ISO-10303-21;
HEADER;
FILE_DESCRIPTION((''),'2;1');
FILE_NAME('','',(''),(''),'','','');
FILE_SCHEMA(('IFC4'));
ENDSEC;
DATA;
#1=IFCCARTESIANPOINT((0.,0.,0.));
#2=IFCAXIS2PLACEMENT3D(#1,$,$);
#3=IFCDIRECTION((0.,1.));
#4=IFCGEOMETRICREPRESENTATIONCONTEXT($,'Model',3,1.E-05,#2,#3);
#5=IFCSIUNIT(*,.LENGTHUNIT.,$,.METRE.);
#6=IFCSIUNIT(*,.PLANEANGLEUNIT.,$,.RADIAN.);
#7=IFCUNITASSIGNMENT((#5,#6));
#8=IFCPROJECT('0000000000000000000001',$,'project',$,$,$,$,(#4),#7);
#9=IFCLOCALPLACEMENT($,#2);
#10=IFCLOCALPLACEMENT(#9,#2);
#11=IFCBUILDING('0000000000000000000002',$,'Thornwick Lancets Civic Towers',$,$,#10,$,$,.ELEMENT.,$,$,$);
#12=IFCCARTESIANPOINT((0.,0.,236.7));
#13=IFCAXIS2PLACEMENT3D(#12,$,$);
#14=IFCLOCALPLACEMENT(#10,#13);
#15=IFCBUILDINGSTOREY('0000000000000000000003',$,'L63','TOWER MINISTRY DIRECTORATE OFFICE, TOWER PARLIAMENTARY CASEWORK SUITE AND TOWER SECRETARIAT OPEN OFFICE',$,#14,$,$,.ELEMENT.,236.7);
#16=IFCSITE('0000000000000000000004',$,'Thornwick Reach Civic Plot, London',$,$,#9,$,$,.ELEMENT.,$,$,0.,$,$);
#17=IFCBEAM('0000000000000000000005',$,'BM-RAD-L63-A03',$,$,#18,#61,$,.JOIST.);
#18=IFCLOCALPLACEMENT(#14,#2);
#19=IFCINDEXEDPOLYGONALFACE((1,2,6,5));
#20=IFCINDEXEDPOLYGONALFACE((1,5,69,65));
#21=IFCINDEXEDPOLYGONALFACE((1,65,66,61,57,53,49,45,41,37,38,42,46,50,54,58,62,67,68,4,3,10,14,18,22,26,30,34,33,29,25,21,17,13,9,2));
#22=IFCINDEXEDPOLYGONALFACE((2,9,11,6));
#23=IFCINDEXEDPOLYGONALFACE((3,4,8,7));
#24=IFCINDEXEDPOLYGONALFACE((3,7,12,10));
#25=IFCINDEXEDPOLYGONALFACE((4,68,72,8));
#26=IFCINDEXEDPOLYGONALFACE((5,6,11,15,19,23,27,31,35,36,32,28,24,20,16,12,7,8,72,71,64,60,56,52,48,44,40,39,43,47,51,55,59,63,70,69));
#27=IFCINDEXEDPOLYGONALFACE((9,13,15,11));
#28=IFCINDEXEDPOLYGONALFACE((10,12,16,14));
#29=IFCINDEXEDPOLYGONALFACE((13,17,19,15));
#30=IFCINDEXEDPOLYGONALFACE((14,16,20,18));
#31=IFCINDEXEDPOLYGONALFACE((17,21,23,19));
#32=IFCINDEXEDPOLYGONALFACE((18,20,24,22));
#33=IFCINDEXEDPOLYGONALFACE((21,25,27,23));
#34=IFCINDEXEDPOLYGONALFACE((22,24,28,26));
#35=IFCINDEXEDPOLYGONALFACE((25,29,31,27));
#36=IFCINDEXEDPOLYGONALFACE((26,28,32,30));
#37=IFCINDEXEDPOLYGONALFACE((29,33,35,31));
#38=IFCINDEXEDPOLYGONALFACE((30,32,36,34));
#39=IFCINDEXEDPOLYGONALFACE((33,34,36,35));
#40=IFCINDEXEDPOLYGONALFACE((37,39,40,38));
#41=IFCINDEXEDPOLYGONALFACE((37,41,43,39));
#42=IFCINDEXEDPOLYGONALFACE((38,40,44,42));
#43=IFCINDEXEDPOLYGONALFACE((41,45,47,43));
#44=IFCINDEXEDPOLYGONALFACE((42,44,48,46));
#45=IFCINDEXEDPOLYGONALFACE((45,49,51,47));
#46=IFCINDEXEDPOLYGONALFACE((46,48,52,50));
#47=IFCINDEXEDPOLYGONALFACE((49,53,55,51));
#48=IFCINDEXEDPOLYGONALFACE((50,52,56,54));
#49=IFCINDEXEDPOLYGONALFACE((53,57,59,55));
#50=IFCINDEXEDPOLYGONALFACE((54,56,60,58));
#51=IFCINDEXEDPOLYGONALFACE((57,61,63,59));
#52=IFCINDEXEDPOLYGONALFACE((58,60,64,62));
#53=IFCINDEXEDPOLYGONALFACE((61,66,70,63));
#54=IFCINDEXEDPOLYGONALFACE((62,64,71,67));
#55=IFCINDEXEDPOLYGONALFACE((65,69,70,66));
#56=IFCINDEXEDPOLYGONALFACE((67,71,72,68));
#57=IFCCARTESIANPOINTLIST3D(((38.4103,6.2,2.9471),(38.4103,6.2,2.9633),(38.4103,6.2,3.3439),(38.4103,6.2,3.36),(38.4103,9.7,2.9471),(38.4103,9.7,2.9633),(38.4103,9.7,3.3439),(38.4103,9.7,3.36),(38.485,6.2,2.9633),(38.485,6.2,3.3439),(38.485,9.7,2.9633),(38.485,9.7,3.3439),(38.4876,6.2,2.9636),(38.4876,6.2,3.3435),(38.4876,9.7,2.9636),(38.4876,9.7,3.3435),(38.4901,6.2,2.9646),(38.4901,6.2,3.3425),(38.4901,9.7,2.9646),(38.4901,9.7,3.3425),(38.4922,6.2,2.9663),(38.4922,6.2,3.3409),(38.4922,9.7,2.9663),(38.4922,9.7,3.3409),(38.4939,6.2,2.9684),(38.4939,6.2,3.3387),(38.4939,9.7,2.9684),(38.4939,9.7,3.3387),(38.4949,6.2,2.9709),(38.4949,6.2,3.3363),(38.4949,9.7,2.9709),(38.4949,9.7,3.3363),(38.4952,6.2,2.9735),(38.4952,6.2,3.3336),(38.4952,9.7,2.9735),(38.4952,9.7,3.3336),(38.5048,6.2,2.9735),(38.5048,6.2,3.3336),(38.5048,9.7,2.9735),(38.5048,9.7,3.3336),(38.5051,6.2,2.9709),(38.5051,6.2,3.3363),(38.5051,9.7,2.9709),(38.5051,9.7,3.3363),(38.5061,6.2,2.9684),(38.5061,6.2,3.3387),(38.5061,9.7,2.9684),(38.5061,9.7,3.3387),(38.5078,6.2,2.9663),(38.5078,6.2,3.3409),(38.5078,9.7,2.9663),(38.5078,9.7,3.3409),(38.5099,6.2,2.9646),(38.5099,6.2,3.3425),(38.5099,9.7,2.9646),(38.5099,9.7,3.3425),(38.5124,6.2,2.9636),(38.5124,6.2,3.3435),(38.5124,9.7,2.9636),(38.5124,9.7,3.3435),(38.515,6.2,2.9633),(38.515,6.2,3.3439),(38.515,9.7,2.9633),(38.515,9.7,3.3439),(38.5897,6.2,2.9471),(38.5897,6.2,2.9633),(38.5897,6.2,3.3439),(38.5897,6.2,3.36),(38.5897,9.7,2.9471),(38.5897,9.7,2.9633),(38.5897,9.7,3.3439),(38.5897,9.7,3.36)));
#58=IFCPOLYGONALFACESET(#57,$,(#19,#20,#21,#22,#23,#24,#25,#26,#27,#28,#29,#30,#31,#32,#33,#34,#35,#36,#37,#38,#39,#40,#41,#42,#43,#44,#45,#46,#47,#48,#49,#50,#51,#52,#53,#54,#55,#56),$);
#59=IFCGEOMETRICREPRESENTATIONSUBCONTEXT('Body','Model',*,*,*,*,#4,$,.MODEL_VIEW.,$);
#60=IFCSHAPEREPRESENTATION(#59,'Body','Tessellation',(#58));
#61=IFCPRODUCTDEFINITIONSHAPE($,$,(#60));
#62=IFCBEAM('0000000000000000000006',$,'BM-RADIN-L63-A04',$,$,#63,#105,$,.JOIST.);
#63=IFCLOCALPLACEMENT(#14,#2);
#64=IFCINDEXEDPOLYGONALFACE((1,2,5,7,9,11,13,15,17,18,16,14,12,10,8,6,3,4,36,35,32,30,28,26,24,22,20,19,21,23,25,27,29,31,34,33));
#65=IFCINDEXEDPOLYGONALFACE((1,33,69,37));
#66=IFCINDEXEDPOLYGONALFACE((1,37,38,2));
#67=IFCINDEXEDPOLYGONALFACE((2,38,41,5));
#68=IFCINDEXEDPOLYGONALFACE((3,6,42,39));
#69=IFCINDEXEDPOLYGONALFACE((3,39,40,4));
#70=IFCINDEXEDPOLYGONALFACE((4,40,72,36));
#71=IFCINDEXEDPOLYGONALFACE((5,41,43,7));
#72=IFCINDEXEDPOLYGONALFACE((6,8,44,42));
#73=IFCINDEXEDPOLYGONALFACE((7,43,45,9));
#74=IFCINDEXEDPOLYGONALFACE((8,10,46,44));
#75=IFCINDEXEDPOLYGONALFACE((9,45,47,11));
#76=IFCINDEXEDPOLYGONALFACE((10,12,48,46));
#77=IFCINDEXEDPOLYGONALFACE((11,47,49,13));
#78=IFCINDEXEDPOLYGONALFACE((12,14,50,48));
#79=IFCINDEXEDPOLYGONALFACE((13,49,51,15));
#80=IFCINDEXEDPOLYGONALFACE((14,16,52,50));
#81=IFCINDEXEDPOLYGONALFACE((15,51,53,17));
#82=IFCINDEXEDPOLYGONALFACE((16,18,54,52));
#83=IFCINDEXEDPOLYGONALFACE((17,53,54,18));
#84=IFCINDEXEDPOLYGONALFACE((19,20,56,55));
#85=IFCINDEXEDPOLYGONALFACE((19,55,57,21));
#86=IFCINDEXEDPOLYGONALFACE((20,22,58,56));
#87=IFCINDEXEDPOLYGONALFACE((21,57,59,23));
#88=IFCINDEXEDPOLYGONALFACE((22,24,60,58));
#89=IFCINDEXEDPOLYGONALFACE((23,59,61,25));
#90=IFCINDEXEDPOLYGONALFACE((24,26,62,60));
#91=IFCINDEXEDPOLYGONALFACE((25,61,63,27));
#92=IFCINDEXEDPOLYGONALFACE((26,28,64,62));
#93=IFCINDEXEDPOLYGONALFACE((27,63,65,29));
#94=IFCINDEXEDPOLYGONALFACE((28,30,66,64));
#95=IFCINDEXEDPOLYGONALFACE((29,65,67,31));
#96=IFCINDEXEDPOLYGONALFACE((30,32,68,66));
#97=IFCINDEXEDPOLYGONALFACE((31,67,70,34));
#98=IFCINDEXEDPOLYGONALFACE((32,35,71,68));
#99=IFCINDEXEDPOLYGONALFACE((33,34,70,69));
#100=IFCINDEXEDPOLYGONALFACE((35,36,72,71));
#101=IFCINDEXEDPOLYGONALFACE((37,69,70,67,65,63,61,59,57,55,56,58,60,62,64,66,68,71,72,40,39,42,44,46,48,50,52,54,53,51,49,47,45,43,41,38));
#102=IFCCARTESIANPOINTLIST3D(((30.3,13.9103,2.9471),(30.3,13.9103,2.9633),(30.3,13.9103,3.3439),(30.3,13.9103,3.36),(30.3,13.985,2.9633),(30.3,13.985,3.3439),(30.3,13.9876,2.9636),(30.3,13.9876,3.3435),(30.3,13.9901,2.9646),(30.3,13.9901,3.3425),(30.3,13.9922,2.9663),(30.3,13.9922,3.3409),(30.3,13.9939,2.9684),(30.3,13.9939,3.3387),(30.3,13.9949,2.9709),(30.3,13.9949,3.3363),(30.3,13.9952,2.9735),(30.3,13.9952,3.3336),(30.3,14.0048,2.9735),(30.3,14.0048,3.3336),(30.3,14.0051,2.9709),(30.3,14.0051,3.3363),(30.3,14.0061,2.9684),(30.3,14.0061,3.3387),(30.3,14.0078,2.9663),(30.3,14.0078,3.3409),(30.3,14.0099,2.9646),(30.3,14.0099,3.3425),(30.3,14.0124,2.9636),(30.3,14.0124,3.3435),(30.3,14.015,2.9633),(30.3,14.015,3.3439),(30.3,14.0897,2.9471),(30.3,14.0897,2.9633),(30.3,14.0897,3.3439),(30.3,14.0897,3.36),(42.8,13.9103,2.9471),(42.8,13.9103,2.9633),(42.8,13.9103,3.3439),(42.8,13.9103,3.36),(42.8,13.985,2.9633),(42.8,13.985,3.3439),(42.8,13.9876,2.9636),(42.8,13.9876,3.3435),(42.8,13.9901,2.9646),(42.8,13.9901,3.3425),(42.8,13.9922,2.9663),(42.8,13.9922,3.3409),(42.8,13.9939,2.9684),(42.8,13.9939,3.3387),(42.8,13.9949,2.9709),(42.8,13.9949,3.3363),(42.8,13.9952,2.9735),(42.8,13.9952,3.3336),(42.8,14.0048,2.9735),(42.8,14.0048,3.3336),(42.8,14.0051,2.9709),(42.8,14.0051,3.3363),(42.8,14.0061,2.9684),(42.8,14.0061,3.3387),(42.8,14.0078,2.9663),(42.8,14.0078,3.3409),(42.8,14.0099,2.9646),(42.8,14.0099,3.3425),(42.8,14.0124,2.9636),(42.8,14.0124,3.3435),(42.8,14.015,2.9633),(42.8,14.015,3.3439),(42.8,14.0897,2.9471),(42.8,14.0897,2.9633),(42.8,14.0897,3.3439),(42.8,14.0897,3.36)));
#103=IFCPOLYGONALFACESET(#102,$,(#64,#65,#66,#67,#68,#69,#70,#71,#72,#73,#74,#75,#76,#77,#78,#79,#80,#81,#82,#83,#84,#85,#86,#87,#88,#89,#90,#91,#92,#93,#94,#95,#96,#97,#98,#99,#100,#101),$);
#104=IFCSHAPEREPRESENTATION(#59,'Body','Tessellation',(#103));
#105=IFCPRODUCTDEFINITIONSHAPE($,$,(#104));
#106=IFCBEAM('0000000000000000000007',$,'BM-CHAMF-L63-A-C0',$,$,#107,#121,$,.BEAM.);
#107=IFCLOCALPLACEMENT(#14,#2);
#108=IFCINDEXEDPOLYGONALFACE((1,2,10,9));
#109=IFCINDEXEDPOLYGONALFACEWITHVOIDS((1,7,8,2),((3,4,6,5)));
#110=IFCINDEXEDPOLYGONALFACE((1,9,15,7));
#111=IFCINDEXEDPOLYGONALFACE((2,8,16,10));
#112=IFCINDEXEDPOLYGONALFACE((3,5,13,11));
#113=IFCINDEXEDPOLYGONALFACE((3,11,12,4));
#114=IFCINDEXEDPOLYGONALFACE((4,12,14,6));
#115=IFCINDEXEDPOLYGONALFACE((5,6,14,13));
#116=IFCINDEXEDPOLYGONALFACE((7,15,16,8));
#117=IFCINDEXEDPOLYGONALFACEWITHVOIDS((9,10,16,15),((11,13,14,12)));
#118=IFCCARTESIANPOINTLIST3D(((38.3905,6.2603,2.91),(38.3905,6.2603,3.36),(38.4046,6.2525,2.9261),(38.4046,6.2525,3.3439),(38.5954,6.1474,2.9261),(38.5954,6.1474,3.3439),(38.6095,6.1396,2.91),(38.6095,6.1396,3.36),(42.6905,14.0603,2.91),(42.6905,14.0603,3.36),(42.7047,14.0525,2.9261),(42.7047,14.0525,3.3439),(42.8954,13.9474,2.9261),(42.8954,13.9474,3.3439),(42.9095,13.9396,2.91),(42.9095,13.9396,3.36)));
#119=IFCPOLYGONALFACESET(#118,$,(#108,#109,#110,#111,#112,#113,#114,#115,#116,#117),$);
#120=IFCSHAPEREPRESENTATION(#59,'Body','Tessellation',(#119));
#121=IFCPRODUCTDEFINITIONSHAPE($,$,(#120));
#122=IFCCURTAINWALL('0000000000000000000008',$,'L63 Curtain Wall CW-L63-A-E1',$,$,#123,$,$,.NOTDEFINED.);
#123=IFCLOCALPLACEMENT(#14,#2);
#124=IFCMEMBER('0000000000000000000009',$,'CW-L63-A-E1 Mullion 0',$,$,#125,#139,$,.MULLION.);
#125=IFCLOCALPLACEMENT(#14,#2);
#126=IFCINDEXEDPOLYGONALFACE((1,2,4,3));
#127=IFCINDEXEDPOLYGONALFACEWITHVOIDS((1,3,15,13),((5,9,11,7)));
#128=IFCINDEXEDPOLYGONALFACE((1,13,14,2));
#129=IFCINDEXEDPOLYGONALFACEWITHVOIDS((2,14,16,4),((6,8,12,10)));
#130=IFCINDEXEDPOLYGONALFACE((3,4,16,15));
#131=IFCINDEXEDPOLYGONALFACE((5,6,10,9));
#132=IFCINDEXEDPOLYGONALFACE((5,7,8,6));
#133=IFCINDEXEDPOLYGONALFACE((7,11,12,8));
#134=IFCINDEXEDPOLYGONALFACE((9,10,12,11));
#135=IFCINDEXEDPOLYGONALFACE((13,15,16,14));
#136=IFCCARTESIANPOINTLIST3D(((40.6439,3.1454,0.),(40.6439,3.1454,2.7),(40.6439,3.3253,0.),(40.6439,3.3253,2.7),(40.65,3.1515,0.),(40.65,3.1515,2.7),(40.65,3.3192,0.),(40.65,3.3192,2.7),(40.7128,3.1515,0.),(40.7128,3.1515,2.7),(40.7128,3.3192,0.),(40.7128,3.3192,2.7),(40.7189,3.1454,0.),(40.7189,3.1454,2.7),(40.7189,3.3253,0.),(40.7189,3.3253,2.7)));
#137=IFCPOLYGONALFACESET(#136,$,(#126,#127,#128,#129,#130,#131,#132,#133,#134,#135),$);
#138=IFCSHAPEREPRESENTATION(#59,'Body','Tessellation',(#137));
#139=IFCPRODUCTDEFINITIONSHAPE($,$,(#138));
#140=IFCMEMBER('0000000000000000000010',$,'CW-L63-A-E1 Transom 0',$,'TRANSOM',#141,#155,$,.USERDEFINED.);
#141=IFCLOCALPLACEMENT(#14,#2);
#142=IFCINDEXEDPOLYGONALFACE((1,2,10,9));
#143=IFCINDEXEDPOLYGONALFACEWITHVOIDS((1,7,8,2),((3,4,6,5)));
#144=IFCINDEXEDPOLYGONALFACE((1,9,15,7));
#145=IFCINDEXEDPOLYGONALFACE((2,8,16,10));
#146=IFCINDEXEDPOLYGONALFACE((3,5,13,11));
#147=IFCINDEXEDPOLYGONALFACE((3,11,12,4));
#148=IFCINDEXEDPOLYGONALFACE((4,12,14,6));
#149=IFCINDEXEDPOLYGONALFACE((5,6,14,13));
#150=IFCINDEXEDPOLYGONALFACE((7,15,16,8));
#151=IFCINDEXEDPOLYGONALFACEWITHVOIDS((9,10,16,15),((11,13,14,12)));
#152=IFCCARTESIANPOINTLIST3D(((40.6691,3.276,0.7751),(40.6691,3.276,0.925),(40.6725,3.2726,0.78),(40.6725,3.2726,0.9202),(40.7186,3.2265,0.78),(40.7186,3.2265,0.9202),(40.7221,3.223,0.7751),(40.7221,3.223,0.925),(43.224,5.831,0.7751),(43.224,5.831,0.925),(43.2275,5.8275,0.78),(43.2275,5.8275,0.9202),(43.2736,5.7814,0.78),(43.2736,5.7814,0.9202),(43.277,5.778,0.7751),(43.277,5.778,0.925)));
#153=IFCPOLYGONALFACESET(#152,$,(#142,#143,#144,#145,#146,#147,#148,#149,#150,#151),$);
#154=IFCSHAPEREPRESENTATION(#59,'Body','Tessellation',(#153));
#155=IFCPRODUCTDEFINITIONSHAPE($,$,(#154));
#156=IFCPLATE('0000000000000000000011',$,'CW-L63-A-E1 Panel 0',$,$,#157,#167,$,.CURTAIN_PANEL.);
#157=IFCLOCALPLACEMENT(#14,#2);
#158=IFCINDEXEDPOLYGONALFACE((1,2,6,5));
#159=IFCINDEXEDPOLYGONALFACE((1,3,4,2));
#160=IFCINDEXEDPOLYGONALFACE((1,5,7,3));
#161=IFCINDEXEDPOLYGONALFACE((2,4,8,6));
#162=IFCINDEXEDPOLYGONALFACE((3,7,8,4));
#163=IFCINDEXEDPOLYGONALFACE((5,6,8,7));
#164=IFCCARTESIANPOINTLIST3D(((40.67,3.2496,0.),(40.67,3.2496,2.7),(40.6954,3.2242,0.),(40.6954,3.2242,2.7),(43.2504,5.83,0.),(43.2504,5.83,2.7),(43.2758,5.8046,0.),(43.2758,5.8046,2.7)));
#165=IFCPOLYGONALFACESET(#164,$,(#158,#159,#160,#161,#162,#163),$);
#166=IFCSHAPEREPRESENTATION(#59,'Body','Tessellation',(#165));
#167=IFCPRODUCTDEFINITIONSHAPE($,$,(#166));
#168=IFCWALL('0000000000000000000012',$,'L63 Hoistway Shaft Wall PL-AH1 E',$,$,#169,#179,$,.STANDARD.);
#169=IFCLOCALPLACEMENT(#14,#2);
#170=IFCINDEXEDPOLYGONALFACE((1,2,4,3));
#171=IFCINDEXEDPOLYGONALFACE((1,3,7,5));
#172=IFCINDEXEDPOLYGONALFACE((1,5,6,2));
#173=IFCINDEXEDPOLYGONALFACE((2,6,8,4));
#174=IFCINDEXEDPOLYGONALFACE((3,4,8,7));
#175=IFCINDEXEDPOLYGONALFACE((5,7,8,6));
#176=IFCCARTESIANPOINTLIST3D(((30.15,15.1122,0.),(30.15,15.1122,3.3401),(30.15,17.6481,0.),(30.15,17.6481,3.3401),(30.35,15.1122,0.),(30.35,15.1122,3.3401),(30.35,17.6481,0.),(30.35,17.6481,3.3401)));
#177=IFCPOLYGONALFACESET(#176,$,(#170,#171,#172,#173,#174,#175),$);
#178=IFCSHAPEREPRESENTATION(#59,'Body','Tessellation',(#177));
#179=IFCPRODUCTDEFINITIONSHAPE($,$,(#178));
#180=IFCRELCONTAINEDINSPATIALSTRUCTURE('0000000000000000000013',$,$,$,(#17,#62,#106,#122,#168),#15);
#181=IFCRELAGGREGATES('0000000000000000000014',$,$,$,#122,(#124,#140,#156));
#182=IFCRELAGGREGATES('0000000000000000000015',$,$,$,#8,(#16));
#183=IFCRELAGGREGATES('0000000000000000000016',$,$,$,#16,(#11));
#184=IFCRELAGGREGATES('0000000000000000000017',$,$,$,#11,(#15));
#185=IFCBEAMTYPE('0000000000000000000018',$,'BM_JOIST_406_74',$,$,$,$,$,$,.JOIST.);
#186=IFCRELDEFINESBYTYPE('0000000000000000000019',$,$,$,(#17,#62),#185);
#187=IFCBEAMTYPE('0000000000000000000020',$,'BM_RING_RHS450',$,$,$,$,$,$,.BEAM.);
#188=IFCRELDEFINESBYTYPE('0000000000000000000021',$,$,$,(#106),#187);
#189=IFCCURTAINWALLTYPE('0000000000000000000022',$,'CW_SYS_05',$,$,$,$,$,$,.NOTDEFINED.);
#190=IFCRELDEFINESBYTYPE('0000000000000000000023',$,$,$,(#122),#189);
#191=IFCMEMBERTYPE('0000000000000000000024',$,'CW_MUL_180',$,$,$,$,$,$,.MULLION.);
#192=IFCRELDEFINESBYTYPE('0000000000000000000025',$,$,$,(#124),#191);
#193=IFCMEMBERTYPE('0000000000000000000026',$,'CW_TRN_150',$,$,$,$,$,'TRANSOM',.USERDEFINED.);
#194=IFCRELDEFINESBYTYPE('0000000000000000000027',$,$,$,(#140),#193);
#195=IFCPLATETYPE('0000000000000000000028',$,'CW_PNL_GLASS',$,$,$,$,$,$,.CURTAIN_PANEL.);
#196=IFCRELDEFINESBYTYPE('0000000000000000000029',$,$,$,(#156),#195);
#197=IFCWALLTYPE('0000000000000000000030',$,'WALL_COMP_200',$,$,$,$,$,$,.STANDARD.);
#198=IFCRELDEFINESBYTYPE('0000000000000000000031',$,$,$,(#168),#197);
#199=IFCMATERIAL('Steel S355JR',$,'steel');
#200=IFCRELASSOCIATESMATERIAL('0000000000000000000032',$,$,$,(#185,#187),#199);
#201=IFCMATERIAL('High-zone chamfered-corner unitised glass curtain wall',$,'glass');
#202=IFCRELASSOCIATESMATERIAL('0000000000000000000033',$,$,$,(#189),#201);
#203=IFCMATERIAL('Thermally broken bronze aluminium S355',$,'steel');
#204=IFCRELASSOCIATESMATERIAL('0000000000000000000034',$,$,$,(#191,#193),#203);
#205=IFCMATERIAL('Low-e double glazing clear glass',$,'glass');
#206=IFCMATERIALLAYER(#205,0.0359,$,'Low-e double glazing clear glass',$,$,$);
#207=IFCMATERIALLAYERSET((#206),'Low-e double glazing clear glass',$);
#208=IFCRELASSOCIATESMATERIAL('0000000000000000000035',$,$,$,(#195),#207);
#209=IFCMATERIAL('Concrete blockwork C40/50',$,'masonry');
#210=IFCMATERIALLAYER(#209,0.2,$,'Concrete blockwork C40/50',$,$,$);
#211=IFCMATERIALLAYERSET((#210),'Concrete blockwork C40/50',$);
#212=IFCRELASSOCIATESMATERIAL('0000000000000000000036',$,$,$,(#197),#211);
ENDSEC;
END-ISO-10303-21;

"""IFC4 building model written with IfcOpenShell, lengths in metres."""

from ifc_helpers import new_model, si_unit, direction, frame, frame_2d, origin, origin_2d, place, context, subcontext, project, spatial, rectangle, hollow_rectangle, i_section, extrude, material, layer, layer_set, material_profile, profile_set, type_object, element, aggregate, save


model = new_model("IFC4")

# Units and contexts
model_context = context("Model", 3, precision=1e-05, world=origin(), true_north=direction((0.0, 1.0)))
body_context = subcontext(model_context, "Body", "Model", "MODEL_VIEW")
ifc_project = project(units=[si_unit("LENGTHUNIT", "METRE"), si_unit("PLANEANGLEUNIT", "RADIAN")], contexts=[model_context])

# Site, building, storey
site_placement = place(None, origin())
site = spatial("IfcSite", under=ifc_project, at=site_placement, Name="Thornwick Reach Civic Plot, London", CompositionType="ELEMENT", RefElevation=0.0)
building_placement = place(site_placement, origin())
building = spatial("IfcBuilding", under=site, at=building_placement, Name="Thornwick Lancets Civic Towers", CompositionType="ELEMENT")
storey_placement = place(building_placement, frame((0.0, 0.0, 236.7)))
storey = spatial("IfcBuildingStorey", under=building, at=storey_placement, Name="L63", Description="TOWER MINISTRY DIRECTORATE OFFICE, TOWER PARLIAMENTARY CASEWORK SUITE AND TOWER SECRETARIAT OPEN OFFICE", CompositionType="ELEMENT", Elevation=236.7)

# Shared definitions
ifc_material_1 = material(Name="Steel S355JR", Category="steel")

# Beams
ifc_material_profile_1 = material_profile(ifc_material_1, i_section(OverallWidth=0.1794, OverallDepth=0.4128, WebThickness=0.0095, FlangeThickness=0.0161, FilletRadius=0.0103, at=origin_2d()), Name="UKB 406x178x74")
ifc_profile_set_1 = profile_set([ifc_material_profile_1], Name="Steel S355JR")
beam_type_1 = type_object("IfcBeamType", Name="BM_JOIST_406_74", PredefinedType="JOIST", material=ifc_profile_set_1)
beam_1_placement = place(storey_placement, frame((38.5, 9.7, 3.1536), z_axis=(0.0, -1.0, 0.0), x_axis=(1.0, 0.0, 0.0)))
element("IfcBeam", 1, at=beam_1_placement, inside=storey, type_object=beam_type_1, Name="BM-RAD-L63-A03", PredefinedType="JOIST", context=body_context, shape_type="SweptSolid", body=[
    extrude(i_section(OverallWidth=0.1794, OverallDepth=0.4128, WebThickness=0.0095, FlangeThickness=0.0161, FilletRadius=0.0103, at=origin_2d()), origin(), (0.0, 0.0, 1.0), 3.5),
])
beam_2_placement = place(storey_placement, frame((30.3, 14.0, 3.1536), z_axis=(1.0, 0.0, 0.0), x_axis=(0.0, 1.0, 0.0)))
element("IfcBeam", 2, at=beam_2_placement, inside=storey, type_object=beam_type_1, Name="BM-RADIN-L63-A04", PredefinedType="JOIST", context=body_context, shape_type="SweptSolid", body=[
    extrude(i_section(OverallWidth=0.1794, OverallDepth=0.4128, WebThickness=0.0095, FlangeThickness=0.0161, FilletRadius=0.0103, at=origin_2d()), origin(), (0.0, 0.0, 1.0), 12.5),
])
ifc_material_profile_2 = material_profile(ifc_material_1, hollow_rectangle(XDim=0.25, YDim=0.45, WallThickness=0.0161, at=origin_2d()), Name="RHS 450x250x16")
ifc_profile_set_2 = profile_set([ifc_material_profile_2], Name="Steel S355JR")
beam_type_2 = type_object("IfcBeamType", Name="BM_RING_RHS450", PredefinedType="BEAM", material=ifc_profile_set_2)
beam_3_placement = place(storey_placement, frame((38.5, 6.2, 3.135), z_axis=(0.482782, 0.87574, 0.0), x_axis=(-0.87574, 0.482782, 0.0)))
element("IfcBeam", 3, at=beam_3_placement, inside=storey, type_object=beam_type_2, Name="BM-CHAMF-L63-A-C0", PredefinedType="BEAM", context=body_context, shape_type="SweptSolid", body=[
    extrude(hollow_rectangle(XDim=0.25, YDim=0.45, WallThickness=0.0161, at=origin_2d()), origin(), (0.0, 0.0, 1.0), 8.9067),
])

# Curtain wall, members, plate
ifc_material_2 = material(Name="High-zone chamfered-corner unitised glass curtain wall", Category="glass")
curtain_wall_type = type_object("IfcCurtainWallType", Name="CW_SYS_05", PredefinedType="NOTDEFINED", material=ifc_material_2)
curtain_wall_placement = place(storey_placement, origin())
curtain_wall = element("IfcCurtainWall", 4, at=curtain_wall_placement, inside=storey, type_object=curtain_wall_type, Name="L63 Curtain Wall CW-L63-A-E1", PredefinedType="NOTDEFINED")
ifc_material_3 = material(Name="Thermally broken bronze aluminium S355", Category="steel")
ifc_material_profile_3 = material_profile(ifc_material_3, hollow_rectangle(XDim=0.075, YDim=0.1799, WallThickness=0.0061, at=origin_2d()), Name="RHS 180x75x6")
ifc_profile_set_3 = profile_set([ifc_material_profile_3], Name="Thermally broken bronze aluminium S355")
member_type_1 = type_object("IfcMemberType", Name="CW_MUL_180", PredefinedType="MULLION", material=ifc_profile_set_3)
member_1_placement = place(storey_placement, frame((40.6814, 3.2354, 0.0), z_axis=(0.0, 0.0, 1.0), x_axis=(1.0, 0.0, 0.0)))
member_1 = element("IfcMember", 5, at=member_1_placement, type_object=member_type_1, Name="CW-L63-A-E1 Mullion 0", PredefinedType="MULLION", context=body_context, shape_type="SweptSolid", body=[
    extrude(hollow_rectangle(XDim=0.075, YDim=0.1799, WallThickness=0.0061, at=origin_2d()), origin(), (0.0, 0.0, 1.0), 2.7),
])
ifc_material_profile_4 = material_profile(ifc_material_3, hollow_rectangle(XDim=0.075, YDim=0.1499, WallThickness=0.0049, at=origin_2d()), Name="RHS 150x75x5")
ifc_profile_set_4 = profile_set([ifc_material_profile_4], Name="Thermally broken bronze aluminium S355")
member_type_2 = type_object("IfcMemberType", Name="CW_TRN_150", ElementType="TRANSOM", PredefinedType="USERDEFINED", material=ifc_profile_set_4)
member_2_placement = place(storey_placement, frame((40.6956, 3.2495, 0.8501), z_axis=(0.707107, 0.707107, 0.0), x_axis=(-0.707107, 0.707107, 0.0)))
member_2 = element("IfcMember", 6, at=member_2_placement, type_object=member_type_2, Name="CW-L63-A-E1 Transom 0", ObjectType="TRANSOM", PredefinedType="USERDEFINED", context=body_context, shape_type="SweptSolid", body=[
    extrude(hollow_rectangle(XDim=0.075, YDim=0.1499, WallThickness=0.0049, at=origin_2d()), origin(), (0.0, 0.0, 1.0), 3.6133),
])
ifc_material_4 = material(Name="Low-e double glazing clear glass", Category="glass")
ifc_layer_1 = layer(ifc_material_4, 0.0359, Name="Low-e double glazing clear glass")
ifc_layer_set_1 = layer_set([ifc_layer_1], Name="Low-e double glazing clear glass")
plate_type = type_object("IfcPlateType", Name="CW_PNL_GLASS", PredefinedType="CURTAIN_PANEL", material=ifc_layer_set_1)
plate_placement = place(storey_placement, frame((41.9729, 4.5271, 0.0), z_axis=(0.0, 0.0, 1.0), x_axis=(0.707107, 0.707107, 0.0)))
plate = element("IfcPlate", 7, at=plate_placement, type_object=plate_type, Name="CW-L63-A-E1 Panel 0", PredefinedType="CURTAIN_PANEL", context=body_context, shape_type="SweptSolid", body=[
    extrude(rectangle(XDim=3.6492, YDim=0.0359, at=origin_2d()), origin(), (0.0, 0.0, 1.0), 2.7),
])
aggregate(curtain_wall, [member_1, member_2, plate])

# Wall
ifc_material_5 = material(Name="Concrete blockwork C40/50", Category="masonry")
ifc_layer_2 = layer(ifc_material_5, 0.2, Name="Concrete blockwork C40/50")
ifc_layer_set_2 = layer_set([ifc_layer_2], Name="Concrete blockwork C40/50")
wall_type_1 = type_object("IfcWallType", Name="WALL_COMP_200", PredefinedType="STANDARD", material=ifc_layer_set_2)
wall_1_placement = place(storey_placement, frame((30.25, 15.1121, 0.0), z_axis=(0.0, 0.0, 1.0), x_axis=(0.0, 1.0, 0.0)))
element("IfcWall", 8, at=wall_1_placement, inside=storey, type_object=wall_type_1, Name="L63 Hoistway Shaft Wall PL-AH1 E", PredefinedType="STANDARD", context=body_context, shape_type="SweptSolid", body=[
    extrude(rectangle(XDim=2.5359, YDim=0.2, at=frame_2d((1.2681, 0.0))), origin(), (0.0, 0.0, 1.0), 3.3401),
])

save(model, "model.ifc")
